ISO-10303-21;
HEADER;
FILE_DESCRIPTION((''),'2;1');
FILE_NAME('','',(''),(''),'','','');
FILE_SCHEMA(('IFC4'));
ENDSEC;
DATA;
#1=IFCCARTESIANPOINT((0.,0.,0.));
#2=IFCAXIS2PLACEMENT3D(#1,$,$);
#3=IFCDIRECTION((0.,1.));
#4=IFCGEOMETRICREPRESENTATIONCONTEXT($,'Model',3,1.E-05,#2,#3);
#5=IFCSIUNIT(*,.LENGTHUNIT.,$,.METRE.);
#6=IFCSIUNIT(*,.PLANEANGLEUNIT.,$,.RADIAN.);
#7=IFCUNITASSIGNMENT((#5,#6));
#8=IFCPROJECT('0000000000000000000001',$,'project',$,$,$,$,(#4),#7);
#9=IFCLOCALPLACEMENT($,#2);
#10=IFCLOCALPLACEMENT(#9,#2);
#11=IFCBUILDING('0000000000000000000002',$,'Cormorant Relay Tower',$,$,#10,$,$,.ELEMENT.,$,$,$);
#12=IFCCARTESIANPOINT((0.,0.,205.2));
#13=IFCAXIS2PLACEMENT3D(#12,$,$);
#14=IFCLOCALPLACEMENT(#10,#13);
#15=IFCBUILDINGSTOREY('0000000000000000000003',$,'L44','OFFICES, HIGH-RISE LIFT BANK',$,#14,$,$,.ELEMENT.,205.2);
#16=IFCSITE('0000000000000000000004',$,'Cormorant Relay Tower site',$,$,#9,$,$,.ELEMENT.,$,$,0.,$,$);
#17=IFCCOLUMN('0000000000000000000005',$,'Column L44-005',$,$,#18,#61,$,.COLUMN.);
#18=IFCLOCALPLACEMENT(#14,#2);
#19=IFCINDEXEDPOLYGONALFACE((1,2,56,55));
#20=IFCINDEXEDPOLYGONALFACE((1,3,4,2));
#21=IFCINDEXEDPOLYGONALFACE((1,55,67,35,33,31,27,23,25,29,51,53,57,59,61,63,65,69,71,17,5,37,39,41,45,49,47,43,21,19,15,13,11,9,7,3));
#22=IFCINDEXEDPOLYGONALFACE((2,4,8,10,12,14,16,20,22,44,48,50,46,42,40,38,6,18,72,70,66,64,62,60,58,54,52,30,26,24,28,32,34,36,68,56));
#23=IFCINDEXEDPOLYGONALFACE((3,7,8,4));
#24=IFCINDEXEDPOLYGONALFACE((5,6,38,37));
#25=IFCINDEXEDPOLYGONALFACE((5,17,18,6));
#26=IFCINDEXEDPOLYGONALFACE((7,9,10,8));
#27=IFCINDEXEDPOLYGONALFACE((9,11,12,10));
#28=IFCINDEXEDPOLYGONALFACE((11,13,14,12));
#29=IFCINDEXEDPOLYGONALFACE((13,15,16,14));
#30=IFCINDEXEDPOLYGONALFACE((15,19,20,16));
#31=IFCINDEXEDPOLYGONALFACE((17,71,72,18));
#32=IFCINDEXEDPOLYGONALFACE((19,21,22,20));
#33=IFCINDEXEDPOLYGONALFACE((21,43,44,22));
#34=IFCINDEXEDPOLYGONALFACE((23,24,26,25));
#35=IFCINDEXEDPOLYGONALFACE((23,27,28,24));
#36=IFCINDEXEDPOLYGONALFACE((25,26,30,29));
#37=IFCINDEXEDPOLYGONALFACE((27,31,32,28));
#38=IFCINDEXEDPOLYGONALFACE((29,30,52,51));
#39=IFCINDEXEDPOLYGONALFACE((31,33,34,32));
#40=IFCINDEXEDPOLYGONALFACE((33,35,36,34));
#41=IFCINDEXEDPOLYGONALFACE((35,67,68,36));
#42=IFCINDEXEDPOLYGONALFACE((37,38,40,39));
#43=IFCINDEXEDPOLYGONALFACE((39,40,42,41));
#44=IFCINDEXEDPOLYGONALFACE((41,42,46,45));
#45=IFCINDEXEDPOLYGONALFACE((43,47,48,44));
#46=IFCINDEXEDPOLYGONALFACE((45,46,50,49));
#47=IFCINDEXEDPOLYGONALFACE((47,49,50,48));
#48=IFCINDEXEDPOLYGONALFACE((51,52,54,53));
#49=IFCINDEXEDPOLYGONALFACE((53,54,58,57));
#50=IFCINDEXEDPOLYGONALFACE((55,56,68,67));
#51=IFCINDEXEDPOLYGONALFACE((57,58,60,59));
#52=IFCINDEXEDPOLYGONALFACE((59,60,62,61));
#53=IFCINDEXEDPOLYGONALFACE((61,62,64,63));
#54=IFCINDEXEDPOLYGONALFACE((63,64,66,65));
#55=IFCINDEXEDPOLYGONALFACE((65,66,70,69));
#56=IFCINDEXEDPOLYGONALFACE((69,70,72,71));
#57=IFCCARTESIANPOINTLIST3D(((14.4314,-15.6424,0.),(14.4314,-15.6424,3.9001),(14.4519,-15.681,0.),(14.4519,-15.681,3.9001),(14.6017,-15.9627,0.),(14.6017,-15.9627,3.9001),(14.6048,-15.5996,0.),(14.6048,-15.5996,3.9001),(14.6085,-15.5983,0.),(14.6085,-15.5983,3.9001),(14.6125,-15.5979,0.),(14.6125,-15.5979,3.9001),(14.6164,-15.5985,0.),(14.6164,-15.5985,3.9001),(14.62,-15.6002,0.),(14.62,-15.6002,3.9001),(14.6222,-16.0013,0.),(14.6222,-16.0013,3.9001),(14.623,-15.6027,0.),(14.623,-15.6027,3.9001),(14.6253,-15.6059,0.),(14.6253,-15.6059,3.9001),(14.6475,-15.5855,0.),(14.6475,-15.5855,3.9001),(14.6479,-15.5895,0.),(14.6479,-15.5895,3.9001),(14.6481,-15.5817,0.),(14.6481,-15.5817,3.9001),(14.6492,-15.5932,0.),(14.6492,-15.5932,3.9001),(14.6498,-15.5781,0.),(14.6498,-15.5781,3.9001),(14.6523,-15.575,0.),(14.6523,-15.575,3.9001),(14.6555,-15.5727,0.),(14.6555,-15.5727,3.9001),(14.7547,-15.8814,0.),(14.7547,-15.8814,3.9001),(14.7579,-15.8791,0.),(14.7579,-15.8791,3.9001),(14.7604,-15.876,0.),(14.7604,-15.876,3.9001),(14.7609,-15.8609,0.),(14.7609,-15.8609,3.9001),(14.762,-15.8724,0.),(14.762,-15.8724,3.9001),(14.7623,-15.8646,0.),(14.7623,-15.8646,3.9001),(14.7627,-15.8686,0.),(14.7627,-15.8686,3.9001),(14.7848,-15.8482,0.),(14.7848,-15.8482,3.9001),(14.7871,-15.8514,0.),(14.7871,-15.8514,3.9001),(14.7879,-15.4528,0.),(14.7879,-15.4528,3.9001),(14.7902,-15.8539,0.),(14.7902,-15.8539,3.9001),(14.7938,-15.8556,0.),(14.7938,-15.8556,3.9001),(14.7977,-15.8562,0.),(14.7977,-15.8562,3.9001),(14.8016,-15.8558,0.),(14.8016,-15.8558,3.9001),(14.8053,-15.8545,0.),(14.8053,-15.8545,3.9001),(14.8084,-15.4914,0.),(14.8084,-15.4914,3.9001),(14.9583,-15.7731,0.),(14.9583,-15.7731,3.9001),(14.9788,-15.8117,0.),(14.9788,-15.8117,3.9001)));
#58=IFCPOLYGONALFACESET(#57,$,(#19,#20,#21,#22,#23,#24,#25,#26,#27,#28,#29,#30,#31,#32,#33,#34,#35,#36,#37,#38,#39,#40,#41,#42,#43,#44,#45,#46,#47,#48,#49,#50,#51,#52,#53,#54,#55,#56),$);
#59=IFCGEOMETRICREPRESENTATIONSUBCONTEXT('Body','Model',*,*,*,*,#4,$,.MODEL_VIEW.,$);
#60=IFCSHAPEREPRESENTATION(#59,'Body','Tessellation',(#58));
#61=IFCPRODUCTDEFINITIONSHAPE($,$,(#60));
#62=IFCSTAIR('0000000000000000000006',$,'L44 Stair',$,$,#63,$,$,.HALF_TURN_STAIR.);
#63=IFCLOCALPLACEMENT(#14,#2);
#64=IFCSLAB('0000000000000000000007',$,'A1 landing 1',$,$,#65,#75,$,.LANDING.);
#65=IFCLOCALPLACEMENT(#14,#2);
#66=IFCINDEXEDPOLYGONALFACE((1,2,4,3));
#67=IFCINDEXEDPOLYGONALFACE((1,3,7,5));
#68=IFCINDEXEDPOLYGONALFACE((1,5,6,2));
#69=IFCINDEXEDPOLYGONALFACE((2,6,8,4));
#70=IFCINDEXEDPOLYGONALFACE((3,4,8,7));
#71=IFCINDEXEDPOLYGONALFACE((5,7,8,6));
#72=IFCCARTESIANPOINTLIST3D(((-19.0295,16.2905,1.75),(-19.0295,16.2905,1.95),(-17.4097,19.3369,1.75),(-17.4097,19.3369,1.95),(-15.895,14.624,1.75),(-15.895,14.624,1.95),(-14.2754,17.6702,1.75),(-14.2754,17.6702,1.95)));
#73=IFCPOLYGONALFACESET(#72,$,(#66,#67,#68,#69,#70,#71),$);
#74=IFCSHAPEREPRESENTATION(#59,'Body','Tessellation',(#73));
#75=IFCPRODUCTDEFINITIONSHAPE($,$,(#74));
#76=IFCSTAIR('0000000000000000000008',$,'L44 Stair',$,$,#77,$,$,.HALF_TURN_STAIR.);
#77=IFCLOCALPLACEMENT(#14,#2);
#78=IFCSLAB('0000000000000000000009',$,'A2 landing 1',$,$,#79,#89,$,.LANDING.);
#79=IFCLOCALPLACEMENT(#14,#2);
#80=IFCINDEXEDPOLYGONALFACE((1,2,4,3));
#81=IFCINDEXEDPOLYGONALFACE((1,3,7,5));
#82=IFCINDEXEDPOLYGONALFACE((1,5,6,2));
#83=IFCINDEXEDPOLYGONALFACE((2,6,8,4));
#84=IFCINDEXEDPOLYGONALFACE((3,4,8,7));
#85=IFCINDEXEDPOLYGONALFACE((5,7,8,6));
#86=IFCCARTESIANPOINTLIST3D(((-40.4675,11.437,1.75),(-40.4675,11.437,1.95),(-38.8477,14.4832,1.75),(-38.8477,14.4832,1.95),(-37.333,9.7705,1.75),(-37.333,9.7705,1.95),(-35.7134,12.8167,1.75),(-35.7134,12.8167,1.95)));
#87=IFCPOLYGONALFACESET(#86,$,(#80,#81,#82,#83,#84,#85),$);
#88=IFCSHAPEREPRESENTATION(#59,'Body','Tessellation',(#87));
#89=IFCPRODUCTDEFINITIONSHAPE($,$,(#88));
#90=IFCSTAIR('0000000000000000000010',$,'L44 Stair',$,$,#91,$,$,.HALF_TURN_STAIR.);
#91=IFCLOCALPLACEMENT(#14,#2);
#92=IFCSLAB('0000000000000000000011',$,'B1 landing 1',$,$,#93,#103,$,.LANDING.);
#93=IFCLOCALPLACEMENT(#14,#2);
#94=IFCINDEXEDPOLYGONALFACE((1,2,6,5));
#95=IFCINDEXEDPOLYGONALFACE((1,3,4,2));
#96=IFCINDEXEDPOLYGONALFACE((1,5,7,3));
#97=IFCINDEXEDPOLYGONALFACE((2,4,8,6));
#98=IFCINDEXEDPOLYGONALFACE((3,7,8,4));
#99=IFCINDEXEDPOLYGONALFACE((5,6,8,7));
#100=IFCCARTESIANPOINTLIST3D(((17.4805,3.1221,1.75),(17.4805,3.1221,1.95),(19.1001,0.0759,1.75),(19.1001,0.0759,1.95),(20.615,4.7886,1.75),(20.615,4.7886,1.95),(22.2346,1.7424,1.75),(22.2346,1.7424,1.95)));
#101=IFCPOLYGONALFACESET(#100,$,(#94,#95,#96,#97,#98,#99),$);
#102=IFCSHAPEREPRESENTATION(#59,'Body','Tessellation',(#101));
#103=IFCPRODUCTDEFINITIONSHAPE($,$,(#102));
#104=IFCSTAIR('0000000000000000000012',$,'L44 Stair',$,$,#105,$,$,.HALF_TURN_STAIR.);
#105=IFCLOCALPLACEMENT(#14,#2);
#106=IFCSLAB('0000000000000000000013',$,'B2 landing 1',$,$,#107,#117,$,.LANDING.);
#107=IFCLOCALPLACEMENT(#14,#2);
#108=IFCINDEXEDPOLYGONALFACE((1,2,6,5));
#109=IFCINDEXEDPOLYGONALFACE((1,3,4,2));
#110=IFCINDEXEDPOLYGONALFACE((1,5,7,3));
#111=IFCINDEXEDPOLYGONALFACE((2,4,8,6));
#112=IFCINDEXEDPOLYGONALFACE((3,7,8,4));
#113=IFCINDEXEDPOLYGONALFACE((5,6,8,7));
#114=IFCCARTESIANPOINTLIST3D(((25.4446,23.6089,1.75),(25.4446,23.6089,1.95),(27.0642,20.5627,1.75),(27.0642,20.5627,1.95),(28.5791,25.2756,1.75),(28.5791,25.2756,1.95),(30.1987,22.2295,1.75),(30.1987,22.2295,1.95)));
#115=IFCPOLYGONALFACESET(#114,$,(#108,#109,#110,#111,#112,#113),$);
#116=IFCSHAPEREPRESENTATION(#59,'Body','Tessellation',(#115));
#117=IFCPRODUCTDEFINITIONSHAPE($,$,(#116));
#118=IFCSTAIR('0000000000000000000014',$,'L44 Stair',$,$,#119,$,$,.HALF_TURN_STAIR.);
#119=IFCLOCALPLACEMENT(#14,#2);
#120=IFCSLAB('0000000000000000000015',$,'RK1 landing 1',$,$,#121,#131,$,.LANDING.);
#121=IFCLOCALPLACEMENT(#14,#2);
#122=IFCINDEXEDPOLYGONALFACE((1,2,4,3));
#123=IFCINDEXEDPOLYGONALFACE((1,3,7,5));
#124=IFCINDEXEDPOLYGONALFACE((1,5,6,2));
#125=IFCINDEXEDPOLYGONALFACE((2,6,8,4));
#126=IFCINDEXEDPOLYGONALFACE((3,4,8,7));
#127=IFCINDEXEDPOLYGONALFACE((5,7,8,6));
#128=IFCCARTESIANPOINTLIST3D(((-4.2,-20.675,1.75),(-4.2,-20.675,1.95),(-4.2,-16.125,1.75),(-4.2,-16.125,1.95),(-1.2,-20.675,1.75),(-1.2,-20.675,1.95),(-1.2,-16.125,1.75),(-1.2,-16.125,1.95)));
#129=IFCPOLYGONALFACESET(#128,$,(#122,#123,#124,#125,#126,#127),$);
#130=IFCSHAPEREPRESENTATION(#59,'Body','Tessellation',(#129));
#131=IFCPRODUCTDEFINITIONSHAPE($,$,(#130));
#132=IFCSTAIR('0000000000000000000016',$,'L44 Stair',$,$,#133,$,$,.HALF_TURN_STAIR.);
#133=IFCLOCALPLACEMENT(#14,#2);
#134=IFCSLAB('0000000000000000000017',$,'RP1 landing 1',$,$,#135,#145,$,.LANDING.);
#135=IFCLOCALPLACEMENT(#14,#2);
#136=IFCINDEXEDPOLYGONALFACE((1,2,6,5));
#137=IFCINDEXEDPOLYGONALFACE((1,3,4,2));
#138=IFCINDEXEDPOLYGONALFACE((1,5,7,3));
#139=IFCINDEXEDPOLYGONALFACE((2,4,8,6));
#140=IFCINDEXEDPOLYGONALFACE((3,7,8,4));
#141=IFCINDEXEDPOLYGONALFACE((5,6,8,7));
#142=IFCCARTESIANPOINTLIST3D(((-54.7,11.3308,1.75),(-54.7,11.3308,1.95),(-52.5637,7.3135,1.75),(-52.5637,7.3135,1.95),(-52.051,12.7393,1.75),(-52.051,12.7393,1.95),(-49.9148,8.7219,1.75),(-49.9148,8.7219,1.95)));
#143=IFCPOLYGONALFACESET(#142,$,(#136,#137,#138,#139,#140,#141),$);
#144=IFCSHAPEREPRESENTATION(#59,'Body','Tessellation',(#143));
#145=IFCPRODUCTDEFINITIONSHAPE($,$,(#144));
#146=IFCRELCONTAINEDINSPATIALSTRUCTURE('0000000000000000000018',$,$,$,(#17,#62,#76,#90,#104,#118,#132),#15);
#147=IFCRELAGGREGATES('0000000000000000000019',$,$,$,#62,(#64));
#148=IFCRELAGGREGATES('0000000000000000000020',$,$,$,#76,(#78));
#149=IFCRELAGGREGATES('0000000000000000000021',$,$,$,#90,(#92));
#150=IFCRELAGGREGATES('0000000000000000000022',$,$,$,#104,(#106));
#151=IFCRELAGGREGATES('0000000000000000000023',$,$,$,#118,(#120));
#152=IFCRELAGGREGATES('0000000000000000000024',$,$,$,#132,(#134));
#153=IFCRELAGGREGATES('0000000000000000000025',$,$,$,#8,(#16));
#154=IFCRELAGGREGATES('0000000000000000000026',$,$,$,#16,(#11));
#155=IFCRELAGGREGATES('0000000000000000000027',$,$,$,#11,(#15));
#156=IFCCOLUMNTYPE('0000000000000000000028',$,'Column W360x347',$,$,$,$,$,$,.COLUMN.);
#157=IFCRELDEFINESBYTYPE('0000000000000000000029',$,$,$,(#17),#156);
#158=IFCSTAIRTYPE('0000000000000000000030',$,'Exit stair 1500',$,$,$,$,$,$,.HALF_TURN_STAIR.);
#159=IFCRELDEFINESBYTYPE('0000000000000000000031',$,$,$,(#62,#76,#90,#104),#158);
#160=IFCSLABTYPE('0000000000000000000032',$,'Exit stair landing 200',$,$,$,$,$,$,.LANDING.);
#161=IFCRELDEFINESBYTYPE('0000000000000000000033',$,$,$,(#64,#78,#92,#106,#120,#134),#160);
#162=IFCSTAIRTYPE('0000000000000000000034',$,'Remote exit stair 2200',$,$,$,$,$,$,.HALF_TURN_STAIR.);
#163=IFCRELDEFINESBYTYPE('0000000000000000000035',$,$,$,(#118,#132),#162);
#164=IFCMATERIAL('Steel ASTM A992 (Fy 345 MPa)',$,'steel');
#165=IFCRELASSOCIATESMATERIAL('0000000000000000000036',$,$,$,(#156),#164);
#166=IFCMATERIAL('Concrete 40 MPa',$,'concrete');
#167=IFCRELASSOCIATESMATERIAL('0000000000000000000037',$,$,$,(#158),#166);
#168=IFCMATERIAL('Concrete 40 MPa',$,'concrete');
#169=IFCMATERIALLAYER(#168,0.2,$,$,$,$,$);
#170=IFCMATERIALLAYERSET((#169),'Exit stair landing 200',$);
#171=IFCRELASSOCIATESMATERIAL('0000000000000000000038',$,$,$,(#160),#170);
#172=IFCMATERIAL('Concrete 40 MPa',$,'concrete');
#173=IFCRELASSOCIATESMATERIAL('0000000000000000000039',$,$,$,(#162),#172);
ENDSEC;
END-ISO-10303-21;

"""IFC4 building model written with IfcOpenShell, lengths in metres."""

from ifc_helpers import new_model, si_unit, direction, frame, origin, origin_2d, place, context, subcontext, project, spatial, polyline, i_section, outline, extrude, material, layer, layer_set, material_profile, profile_set, type_object, element, aggregate, save


model = new_model("IFC4")

# Units and contexts
model_context = context("Model", 3, precision=1e-05, world=origin(), true_north=direction((0.0, 1.0)))
body_context = subcontext(model_context, "Body", "Model", "MODEL_VIEW")
ifc_project = project(units=[si_unit("LENGTHUNIT", "METRE"), si_unit("PLANEANGLEUNIT", "RADIAN")], contexts=[model_context])

# Site, building, storey
site_placement = place(None, origin())
site = spatial("IfcSite", under=ifc_project, at=site_placement, Name="Cormorant Relay Tower site", CompositionType="ELEMENT", RefElevation=0.0)
building_placement = place(site_placement, origin())
building = spatial("IfcBuilding", under=site, at=building_placement, Name="Cormorant Relay Tower", CompositionType="ELEMENT")
storey_placement = place(building_placement, frame((0.0, 0.0, 205.2)))
storey = spatial("IfcBuildingStorey", under=building, at=storey_placement, Name="L44", Description="OFFICES, HIGH-RISE LIFT BANK", CompositionType="ELEMENT", Elevation=205.2)

# Column
ifc_material_1 = material(Name="Steel ASTM A992 (Fy 345 MPa)", Category="steel")
ifc_material_profile_1 = material_profile(ifc_material_1, i_section(OverallWidth=0.4038, OverallDepth=0.4065, WebThickness=0.0271, FlangeThickness=0.0437, FilletRadius=0.0151, at=origin_2d()), Name="W360x347")
ifc_profile_set_1 = profile_set([ifc_material_profile_1], Name="Steel ASTM A992 (Fy 345 MPa)")
column_type_1 = type_object("IfcColumnType", Name="Column W360x347", PredefinedType="COLUMN", material=ifc_profile_set_1)
column_placement = place(storey_placement, frame((14.7051, -15.7271, 0.0), z_axis=(0.0, 0.0, 1.0), x_axis=(0.882948, 0.469472, 0.0)))
element("IfcColumn", 1, at=column_placement, inside=storey, type_object=column_type_1, Name="Column L44-005", PredefinedType="COLUMN", context=body_context, shape_type="SweptSolid", body=[
    extrude(i_section(OverallWidth=0.4038, OverallDepth=0.4065, WebThickness=0.0271, FlangeThickness=0.0437, FilletRadius=0.0151, at=origin_2d()), origin(), (0.0, 0.0, 1.0), 3.9001),
])

# Stairs, slabs
ifc_material_2 = material(Name="Concrete 40 MPa", Category="concrete")
stair_type_1 = type_object("IfcStairType", Name="Exit stair 1500", PredefinedType="HALF_TURN_STAIR", material=ifc_material_2)
stair_1_placement = place(storey_placement, origin())
stair_1 = element("IfcStair", 2, at=stair_1_placement, inside=storey, type_object=stair_type_1, Name="L44 Stair", PredefinedType="HALF_TURN_STAIR")
ifc_material_3 = material(Name="Concrete 40 MPa", Category="concrete")
ifc_layer_1 = layer(ifc_material_3, 0.2)
ifc_layer_set_1 = layer_set([ifc_layer_1], Name="Exit stair landing 200")
slab_type_1 = type_object("IfcSlabType", Name="Exit stair landing 200", PredefinedType="LANDING", material=ifc_layer_set_1)
slab_1_placement = place(storey_placement, frame((0.0, 0.0, 1.75)))
slab_1 = element("IfcSlab", 3, at=slab_1_placement, type_object=slab_type_1, Name="A1 landing 1", PredefinedType="LANDING", context=body_context, shape_type="SweptSolid", body=[
    extrude(outline(polyline([(-19.0295, 16.2905), (-15.895, 14.624), (-14.2754, 17.6702), (-17.4097, 19.3369), (-19.0295, 16.2905)])), origin(), (0.0, 0.0, 1.0), 0.2),
])
aggregate(stair_1, [slab_1])
stair_2_placement = place(storey_placement, origin())
stair_2 = element("IfcStair", 4, at=stair_2_placement, inside=storey, type_object=stair_type_1, Name="L44 Stair", PredefinedType="HALF_TURN_STAIR")
slab_2_placement = place(storey_placement, frame((0.0, 0.0, 1.75)))
slab_2 = element("IfcSlab", 5, at=slab_2_placement, type_object=slab_type_1, Name="A2 landing 1", PredefinedType="LANDING", context=body_context, shape_type="SweptSolid", body=[
    extrude(outline(polyline([(-35.7134, 12.8167), (-38.8477, 14.4832), (-40.4675, 11.437), (-37.333, 9.7705), (-35.7134, 12.8167)])), origin(), (0.0, 0.0, 1.0), 0.2),
])
aggregate(stair_2, [slab_2])
stair_3_placement = place(storey_placement, origin())
stair_3 = element("IfcStair", 6, at=stair_3_placement, inside=storey, type_object=stair_type_1, Name="L44 Stair", PredefinedType="HALF_TURN_STAIR")
slab_3_placement = place(storey_placement, frame((0.0, 0.0, 1.75)))
slab_3 = element("IfcSlab", 7, at=slab_3_placement, type_object=slab_type_1, Name="B1 landing 1", PredefinedType="LANDING", context=body_context, shape_type="SweptSolid", body=[
    extrude(outline(polyline([(20.615, 4.7886), (17.4805, 3.1221), (19.1001, 0.0759), (22.2346, 1.7424), (20.615, 4.7886)])), origin(), (0.0, 0.0, 1.0), 0.2),
])
aggregate(stair_3, [slab_3])
stair_4_placement = place(storey_placement, origin())
stair_4 = element("IfcStair", 8, at=stair_4_placement, inside=storey, type_object=stair_type_1, Name="L44 Stair", PredefinedType="HALF_TURN_STAIR")
slab_4_placement = place(storey_placement, frame((0.0, 0.0, 1.75)))
slab_4 = element("IfcSlab", 9, at=slab_4_placement, type_object=slab_type_1, Name="B2 landing 1", PredefinedType="LANDING", context=body_context, shape_type="SweptSolid", body=[
    extrude(outline(polyline([(27.0642, 20.5627), (30.1987, 22.2295), (28.5791, 25.2756), (25.4446, 23.6089), (27.0642, 20.5627)])), origin(), (0.0, 0.0, 1.0), 0.2),
])
aggregate(stair_4, [slab_4])
ifc_material_4 = material(Name="Concrete 40 MPa", Category="concrete")
stair_type_2 = type_object("IfcStairType", Name="Remote exit stair 2200", PredefinedType="HALF_TURN_STAIR", material=ifc_material_4)
stair_5_placement = place(storey_placement, origin())
stair_5 = element("IfcStair", 10, at=stair_5_placement, inside=storey, type_object=stair_type_2, Name="L44 Stair", PredefinedType="HALF_TURN_STAIR")
slab_5_placement = place(storey_placement, frame((0.0, 0.0, 1.75)))
slab_5 = element("IfcSlab", 11, at=slab_5_placement, type_object=slab_type_1, Name="RK1 landing 1", PredefinedType="LANDING", context=body_context, shape_type="SweptSolid", body=[
    extrude(outline(polyline([(-1.2, -16.125), (-4.2, -16.125), (-4.2, -20.675), (-1.2, -20.675), (-1.2, -16.125)])), origin(), (0.0, 0.0, 1.0), 0.2),
])
aggregate(stair_5, [slab_5])
stair_6_placement = place(storey_placement, origin())
stair_6 = element("IfcStair", 12, at=stair_6_placement, inside=storey, type_object=stair_type_2, Name="L44 Stair", PredefinedType="HALF_TURN_STAIR")
slab_6_placement = place(storey_placement, frame((0.0, 0.0, 1.75)))
slab_6 = element("IfcSlab", 13, at=slab_6_placement, type_object=slab_type_1, Name="RP1 landing 1", PredefinedType="LANDING", context=body_context, shape_type="SweptSolid", body=[
    extrude(outline(polyline([(-52.051, 12.7393), (-54.7, 11.3308), (-52.5637, 7.3135), (-49.9148, 8.7219), (-52.051, 12.7393)])), origin(), (0.0, 0.0, 1.0), 0.2),
])
aggregate(stair_6, [slab_6])

save(model, "model.ifc")
